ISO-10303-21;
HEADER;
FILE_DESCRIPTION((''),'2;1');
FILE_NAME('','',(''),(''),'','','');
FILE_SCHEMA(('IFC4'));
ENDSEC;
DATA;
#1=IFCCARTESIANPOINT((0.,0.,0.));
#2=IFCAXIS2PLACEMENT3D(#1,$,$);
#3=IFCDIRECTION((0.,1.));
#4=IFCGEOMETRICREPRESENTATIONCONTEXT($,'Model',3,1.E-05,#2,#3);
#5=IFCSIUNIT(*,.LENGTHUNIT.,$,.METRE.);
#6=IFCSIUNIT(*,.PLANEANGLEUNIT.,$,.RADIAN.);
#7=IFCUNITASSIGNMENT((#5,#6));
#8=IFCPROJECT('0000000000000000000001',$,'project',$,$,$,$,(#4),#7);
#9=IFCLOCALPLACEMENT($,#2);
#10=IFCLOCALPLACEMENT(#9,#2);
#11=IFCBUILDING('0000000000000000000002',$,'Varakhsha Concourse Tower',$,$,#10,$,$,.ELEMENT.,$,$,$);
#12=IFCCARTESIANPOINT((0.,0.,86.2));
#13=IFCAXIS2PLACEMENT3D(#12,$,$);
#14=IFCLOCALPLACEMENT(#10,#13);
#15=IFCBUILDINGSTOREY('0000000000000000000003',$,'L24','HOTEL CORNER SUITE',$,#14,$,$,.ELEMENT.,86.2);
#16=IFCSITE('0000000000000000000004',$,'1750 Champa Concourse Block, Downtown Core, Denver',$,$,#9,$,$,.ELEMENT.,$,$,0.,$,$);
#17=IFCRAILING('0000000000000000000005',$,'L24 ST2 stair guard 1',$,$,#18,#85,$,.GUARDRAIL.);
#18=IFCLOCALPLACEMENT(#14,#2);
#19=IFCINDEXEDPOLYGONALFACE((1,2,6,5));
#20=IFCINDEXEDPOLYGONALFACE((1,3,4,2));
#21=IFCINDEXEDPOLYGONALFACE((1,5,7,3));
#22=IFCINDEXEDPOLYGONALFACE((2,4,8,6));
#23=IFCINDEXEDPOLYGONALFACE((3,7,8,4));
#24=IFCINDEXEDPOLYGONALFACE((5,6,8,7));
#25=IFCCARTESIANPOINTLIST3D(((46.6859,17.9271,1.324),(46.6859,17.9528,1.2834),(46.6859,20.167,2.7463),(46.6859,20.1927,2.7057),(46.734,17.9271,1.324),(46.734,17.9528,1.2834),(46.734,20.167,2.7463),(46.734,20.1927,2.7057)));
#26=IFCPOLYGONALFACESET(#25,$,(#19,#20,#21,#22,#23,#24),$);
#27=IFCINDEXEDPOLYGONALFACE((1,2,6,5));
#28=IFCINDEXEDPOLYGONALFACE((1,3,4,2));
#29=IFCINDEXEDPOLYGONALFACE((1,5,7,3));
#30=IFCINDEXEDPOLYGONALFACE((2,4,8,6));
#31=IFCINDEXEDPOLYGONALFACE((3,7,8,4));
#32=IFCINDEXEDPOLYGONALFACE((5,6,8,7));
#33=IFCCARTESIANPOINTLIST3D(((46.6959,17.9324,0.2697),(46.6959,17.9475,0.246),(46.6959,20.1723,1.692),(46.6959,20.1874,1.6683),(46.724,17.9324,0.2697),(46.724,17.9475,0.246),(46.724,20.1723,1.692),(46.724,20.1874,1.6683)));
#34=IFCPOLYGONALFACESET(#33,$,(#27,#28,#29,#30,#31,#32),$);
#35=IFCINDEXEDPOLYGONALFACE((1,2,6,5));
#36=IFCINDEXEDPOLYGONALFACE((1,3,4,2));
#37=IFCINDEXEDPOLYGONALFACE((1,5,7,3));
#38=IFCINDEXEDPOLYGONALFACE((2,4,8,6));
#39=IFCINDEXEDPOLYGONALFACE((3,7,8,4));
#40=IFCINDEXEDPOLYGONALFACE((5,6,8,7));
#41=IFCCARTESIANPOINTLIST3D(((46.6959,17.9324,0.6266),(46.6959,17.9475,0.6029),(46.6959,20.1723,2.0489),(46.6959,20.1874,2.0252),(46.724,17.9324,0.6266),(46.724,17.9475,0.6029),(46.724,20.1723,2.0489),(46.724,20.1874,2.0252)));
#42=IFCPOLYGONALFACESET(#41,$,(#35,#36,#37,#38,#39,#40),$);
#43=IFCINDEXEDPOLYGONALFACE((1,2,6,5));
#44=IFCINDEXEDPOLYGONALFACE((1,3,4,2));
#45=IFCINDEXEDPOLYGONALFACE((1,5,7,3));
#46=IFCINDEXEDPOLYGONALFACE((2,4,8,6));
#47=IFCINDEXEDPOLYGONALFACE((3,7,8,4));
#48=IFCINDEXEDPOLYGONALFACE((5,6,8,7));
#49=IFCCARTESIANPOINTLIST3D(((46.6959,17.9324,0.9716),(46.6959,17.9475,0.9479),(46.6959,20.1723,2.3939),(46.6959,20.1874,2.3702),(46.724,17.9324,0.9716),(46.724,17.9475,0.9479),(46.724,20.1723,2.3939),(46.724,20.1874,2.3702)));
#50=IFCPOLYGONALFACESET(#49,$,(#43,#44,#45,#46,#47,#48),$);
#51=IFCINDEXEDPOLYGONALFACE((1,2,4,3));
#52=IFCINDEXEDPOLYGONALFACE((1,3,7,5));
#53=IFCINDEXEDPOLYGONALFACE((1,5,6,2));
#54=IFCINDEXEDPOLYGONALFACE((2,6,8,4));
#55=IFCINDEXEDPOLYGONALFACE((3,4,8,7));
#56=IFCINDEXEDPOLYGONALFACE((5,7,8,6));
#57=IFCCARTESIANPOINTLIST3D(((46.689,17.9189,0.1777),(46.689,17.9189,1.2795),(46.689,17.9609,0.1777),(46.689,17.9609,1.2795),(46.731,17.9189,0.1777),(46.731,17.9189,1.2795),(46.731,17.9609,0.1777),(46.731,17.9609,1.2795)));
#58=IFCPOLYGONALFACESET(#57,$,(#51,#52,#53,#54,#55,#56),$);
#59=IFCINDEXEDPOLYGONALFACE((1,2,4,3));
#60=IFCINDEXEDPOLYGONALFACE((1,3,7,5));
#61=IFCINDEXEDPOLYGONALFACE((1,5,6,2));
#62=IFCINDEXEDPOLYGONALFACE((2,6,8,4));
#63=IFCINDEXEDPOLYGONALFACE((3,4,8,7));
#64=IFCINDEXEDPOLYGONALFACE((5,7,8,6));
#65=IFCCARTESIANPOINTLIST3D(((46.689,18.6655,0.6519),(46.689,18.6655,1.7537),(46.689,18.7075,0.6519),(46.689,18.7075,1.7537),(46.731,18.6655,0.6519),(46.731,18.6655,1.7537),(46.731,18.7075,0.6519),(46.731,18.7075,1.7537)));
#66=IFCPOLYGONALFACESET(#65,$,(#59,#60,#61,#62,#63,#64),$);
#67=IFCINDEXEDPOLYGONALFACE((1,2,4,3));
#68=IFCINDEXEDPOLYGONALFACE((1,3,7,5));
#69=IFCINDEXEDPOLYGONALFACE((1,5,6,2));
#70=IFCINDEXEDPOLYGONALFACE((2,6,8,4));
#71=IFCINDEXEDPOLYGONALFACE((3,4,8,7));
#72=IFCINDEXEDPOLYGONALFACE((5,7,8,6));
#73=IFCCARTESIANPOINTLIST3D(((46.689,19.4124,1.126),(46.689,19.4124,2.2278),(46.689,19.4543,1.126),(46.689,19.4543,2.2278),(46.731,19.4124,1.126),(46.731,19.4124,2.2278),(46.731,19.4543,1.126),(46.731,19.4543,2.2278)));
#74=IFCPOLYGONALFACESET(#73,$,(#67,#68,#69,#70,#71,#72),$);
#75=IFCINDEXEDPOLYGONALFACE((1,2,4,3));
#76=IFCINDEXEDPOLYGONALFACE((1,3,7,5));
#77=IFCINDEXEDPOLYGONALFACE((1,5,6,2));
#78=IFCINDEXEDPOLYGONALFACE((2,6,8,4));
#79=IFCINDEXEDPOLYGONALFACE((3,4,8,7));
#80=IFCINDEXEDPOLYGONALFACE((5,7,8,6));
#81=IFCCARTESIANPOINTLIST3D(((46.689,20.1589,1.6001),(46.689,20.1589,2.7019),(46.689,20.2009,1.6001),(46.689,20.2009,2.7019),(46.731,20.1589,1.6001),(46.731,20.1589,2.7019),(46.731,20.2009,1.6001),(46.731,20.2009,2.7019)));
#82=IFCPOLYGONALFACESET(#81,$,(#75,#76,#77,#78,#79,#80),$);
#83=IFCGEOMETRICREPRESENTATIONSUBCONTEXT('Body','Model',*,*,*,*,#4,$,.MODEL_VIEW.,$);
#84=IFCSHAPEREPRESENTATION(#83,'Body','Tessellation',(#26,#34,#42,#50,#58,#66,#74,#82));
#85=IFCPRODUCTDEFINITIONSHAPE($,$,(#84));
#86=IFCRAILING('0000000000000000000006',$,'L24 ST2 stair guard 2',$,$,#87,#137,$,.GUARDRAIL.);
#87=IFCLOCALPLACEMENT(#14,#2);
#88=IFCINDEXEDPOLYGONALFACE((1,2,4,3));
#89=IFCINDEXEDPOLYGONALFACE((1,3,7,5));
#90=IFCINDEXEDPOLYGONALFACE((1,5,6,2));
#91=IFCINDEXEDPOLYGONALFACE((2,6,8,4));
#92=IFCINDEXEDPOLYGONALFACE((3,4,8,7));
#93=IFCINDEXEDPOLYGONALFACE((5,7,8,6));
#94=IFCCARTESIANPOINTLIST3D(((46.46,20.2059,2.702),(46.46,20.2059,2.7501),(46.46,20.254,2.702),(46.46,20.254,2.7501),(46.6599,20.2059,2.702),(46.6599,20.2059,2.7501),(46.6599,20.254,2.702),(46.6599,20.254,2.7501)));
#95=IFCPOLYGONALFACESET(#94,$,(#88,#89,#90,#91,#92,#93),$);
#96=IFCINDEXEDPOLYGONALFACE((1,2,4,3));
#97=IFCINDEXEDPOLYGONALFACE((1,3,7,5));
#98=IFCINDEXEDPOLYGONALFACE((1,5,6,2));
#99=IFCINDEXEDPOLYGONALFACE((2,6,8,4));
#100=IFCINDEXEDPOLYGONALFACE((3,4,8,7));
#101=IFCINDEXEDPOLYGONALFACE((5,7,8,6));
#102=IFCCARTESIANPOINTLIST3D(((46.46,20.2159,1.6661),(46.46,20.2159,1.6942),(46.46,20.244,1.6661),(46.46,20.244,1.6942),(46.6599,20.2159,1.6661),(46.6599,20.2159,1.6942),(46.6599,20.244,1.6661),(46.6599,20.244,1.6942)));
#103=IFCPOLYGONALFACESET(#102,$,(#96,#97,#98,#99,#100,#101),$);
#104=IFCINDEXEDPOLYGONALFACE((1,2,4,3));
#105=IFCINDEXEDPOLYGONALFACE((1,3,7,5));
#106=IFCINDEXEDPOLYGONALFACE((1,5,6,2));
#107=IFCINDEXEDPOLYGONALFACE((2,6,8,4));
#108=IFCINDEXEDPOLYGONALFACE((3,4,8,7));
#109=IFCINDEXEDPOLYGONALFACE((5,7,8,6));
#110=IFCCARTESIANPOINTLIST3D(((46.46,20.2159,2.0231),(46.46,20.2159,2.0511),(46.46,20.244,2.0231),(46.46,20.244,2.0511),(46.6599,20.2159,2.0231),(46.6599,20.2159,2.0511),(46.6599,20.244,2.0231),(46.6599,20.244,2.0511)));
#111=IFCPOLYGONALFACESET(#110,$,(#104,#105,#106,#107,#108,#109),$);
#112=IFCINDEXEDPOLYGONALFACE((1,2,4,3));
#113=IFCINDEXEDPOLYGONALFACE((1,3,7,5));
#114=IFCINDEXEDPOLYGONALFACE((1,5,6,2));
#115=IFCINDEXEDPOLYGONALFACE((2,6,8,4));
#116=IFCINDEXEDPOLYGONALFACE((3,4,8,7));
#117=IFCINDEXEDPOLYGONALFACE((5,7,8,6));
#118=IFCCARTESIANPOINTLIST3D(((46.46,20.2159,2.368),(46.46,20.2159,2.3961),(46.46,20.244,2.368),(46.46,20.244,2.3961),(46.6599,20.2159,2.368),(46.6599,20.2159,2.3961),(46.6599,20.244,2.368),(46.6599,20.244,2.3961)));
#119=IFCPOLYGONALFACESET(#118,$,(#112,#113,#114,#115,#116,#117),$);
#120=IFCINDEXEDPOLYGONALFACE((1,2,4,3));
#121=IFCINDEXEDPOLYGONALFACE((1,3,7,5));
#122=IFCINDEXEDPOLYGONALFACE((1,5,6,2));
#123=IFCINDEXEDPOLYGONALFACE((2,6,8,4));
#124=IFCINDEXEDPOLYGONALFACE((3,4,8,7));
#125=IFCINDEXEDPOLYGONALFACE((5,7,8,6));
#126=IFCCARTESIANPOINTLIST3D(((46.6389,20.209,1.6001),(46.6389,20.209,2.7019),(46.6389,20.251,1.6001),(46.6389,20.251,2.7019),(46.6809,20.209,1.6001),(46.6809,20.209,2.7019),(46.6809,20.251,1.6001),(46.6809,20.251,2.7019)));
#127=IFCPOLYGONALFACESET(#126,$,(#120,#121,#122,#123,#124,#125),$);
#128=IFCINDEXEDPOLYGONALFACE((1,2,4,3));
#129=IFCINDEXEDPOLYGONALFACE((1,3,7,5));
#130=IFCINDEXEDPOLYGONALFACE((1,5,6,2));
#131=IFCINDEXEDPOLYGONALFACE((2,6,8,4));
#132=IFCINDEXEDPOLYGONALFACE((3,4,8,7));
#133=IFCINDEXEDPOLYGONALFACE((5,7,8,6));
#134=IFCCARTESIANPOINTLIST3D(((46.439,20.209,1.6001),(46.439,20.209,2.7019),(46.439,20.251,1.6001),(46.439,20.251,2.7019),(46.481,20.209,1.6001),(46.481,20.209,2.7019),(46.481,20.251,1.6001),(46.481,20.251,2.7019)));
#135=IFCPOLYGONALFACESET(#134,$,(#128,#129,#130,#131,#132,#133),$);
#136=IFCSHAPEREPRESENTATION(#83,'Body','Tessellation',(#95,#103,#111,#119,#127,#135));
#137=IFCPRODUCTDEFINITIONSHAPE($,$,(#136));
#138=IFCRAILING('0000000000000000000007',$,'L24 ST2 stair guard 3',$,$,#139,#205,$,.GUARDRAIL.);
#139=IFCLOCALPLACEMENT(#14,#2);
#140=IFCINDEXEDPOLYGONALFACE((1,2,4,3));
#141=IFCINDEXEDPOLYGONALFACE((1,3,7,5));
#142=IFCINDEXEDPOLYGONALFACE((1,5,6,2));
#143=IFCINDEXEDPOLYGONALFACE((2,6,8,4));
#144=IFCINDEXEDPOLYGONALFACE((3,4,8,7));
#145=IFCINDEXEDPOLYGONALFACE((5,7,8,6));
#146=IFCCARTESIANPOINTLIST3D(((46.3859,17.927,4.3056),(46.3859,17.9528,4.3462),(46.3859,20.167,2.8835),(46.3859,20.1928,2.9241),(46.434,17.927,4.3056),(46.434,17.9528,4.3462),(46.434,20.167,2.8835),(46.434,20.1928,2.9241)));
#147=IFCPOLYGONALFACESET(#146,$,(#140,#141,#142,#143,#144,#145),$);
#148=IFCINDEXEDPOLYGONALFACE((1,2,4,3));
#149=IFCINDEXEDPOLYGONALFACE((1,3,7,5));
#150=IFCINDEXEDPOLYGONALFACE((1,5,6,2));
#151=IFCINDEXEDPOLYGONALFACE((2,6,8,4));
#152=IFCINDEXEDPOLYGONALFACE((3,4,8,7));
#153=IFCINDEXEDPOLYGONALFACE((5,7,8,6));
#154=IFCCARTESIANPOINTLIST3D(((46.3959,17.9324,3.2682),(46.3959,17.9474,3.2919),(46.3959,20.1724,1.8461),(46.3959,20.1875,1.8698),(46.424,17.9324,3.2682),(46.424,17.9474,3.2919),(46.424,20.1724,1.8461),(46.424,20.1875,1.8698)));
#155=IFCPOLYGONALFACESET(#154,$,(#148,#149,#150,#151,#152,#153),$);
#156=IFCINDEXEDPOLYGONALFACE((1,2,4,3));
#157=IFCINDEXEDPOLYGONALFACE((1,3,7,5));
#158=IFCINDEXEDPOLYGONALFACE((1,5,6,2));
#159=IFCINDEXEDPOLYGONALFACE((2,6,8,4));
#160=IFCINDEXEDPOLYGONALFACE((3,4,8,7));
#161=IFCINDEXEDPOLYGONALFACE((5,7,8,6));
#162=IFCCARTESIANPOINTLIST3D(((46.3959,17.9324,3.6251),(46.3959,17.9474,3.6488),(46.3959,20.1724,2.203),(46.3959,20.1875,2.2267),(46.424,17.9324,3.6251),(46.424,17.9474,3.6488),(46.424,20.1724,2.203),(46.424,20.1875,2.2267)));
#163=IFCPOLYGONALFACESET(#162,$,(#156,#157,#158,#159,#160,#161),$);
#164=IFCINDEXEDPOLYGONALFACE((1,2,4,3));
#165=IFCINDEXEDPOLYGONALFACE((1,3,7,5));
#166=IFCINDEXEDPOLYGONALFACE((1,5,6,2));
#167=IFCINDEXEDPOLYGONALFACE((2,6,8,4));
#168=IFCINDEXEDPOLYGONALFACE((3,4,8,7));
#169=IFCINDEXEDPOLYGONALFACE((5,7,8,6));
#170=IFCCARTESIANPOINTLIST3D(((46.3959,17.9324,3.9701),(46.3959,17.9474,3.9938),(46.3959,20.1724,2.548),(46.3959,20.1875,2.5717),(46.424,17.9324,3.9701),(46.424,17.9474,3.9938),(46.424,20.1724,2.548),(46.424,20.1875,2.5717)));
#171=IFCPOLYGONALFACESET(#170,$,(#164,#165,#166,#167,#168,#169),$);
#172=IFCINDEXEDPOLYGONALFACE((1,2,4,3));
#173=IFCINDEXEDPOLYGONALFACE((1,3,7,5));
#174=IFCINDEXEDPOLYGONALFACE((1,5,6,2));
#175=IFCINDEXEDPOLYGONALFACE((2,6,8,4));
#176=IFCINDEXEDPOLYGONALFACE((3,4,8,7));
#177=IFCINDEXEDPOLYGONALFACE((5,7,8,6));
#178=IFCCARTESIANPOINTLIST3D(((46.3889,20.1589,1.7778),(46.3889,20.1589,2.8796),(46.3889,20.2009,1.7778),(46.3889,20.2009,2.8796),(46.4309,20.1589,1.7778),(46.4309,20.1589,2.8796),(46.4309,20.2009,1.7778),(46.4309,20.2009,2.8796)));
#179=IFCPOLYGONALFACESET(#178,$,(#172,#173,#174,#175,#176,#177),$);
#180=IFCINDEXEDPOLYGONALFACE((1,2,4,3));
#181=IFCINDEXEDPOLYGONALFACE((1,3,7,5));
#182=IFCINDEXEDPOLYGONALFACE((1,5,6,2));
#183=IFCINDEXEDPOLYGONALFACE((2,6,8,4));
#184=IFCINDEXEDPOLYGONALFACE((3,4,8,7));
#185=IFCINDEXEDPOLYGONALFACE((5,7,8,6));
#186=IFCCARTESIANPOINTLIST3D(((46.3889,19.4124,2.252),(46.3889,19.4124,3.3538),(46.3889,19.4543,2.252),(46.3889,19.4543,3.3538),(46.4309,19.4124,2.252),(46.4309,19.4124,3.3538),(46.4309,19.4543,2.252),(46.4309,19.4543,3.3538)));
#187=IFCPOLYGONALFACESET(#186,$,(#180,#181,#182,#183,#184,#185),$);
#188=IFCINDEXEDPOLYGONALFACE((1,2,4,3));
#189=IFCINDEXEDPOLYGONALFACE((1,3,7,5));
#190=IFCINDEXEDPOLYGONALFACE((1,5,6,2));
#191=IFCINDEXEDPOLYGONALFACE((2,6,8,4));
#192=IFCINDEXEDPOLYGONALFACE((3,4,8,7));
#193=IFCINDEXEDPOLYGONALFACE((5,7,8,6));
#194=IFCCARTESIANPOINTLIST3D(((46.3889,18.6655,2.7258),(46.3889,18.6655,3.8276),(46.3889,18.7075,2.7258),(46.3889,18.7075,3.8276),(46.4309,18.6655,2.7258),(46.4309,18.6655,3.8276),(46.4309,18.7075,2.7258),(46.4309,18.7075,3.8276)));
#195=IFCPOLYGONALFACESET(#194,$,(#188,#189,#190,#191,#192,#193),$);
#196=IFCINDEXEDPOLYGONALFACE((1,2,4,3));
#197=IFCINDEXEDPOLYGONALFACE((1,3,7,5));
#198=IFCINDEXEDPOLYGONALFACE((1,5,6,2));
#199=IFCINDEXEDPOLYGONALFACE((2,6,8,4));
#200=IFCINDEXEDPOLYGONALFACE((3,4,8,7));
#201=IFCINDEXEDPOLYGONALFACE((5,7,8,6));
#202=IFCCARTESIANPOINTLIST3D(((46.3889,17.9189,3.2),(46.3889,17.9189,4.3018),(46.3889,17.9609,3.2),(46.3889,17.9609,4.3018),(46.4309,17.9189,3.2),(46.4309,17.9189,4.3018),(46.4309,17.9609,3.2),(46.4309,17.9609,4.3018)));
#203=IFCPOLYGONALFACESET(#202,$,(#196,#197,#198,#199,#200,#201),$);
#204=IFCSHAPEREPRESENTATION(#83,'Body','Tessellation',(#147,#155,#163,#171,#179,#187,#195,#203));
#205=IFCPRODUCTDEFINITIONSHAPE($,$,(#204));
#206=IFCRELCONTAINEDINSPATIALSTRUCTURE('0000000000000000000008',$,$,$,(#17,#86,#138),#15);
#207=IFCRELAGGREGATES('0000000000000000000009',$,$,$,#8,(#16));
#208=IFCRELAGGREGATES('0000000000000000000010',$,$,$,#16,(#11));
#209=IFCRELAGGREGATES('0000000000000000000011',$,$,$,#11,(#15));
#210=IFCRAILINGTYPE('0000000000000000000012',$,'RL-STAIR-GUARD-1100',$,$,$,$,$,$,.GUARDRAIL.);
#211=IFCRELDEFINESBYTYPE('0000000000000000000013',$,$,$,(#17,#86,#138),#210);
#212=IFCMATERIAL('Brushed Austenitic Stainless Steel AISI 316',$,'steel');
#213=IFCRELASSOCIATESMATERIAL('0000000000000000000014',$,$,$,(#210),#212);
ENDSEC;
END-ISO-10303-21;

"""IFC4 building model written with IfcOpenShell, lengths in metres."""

from ifc_helpers import new_model, si_unit, direction, frame, origin, origin_2d, place, context, subcontext, project, spatial, rectangle, extrude, material, type_object, element, save


model = new_model("IFC4")

# Units and contexts
model_context = context("Model", 3, precision=1e-05, world=origin(), true_north=direction((0.0, 1.0)))
body_context = subcontext(model_context, "Body", "Model", "MODEL_VIEW")
ifc_project = project(units=[si_unit("LENGTHUNIT", "METRE"), si_unit("PLANEANGLEUNIT", "RADIAN")], contexts=[model_context])

# Site, building, storey
site_placement = place(None, origin())
site = spatial("IfcSite", under=ifc_project, at=site_placement, Name="1750 Champa Concourse Block, Downtown Core, Denver", CompositionType="ELEMENT", RefElevation=0.0)
building_placement = place(site_placement, origin())
building = spatial("IfcBuilding", under=site, at=building_placement, Name="Varakhsha Concourse Tower", CompositionType="ELEMENT")
storey_placement = place(building_placement, frame((0.0, 0.0, 86.2)))
storey = spatial("IfcBuildingStorey", under=building, at=storey_placement, Name="L24", Description="HOTEL CORNER SUITE", CompositionType="ELEMENT", Elevation=86.2)

# Railings
ifc_material_1 = material(Name="Brushed Austenitic Stainless Steel AISI 316", Category="steel")
railing_type_1 = type_object("IfcRailingType", Name="RL-STAIR-GUARD-1100", PredefinedType="GUARDRAIL", material=ifc_material_1)
railing_1_placement = place(storey_placement, frame((46.71, 17.9399, 0.1777)))
element("IfcRailing", 1, at=railing_1_placement, inside=storey, type_object=railing_type_1, Name="L24 ST2 stair guard 1", PredefinedType="GUARDRAIL", context=body_context, shape_type="SweptSolid", body=[
    extrude(rectangle(XDim=0.0481, YDim=0.0481, at=origin_2d()), frame((0.0, 0.0, 1.126), z_axis=(0.0, 0.844188, 0.536048), x_axis=(-1.0, 0.0, 0.0)), (0.0, 0.0, 1.0), 2.6533),
    extrude(rectangle(XDim=0.0281, YDim=0.0281, at=origin_2d()), frame((0.0, 0.0, 0.0801), z_axis=(0.0, 0.844188, 0.536048), x_axis=(-1.0, 0.0, 0.0)), (0.0, 0.0, 1.0), 2.6533),
    extrude(rectangle(XDim=0.0281, YDim=0.0281, at=origin_2d()), frame((0.0, 0.0, 0.437), z_axis=(0.0, 0.844188, 0.536048), x_axis=(-1.0, 0.0, 0.0)), (0.0, 0.0, 1.0), 2.6533),
    extrude(rectangle(XDim=0.0281, YDim=0.0281, at=origin_2d()), frame((0.0, 0.0, 0.782), z_axis=(0.0, 0.844188, 0.536048), x_axis=(-1.0, 0.0, 0.0)), (0.0, 0.0, 1.0), 2.6533),
    extrude(rectangle(XDim=0.042, YDim=0.042, at=origin_2d()), origin(), (0.0, 0.0, 1.0), 1.1018),
    extrude(rectangle(XDim=0.042, YDim=0.042, at=origin_2d()), frame((0.0, 0.7466, 0.4741)), (0.0, 0.0, 1.0), 1.1018),
    extrude(rectangle(XDim=0.042, YDim=0.042, at=origin_2d()), frame((0.0, 1.4934, 0.9482)), (0.0, 0.0, 1.0), 1.1018),
    extrude(rectangle(XDim=0.042, YDim=0.042, at=origin_2d()), frame((0.0, 2.24, 1.4224)), (0.0, 0.0, 1.0), 1.1018),
])
railing_2_placement = place(storey_placement, frame((46.6599, 20.23, 1.6001)))
element("IfcRailing", 2, at=railing_2_placement, inside=storey, type_object=railing_type_1, Name="L24 ST2 stair guard 2", PredefinedType="GUARDRAIL", context=body_context, shape_type="SweptSolid", body=[
    extrude(rectangle(XDim=0.0481, YDim=0.0481, at=origin_2d()), frame((0.0, 0.0, 1.126), z_axis=(-1.0, 0.0, 0.0), x_axis=(0.0, -1.0, 0.0)), (0.0, 0.0, 1.0), 0.2),
    extrude(rectangle(XDim=0.0281, YDim=0.0281, at=origin_2d()), frame((0.0, 0.0, 0.0801), z_axis=(-1.0, 0.0, 0.0), x_axis=(0.0, -1.0, 0.0)), (0.0, 0.0, 1.0), 0.2),
    extrude(rectangle(XDim=0.0281, YDim=0.0281, at=origin_2d()), frame((0.0, 0.0, 0.437), z_axis=(-1.0, 0.0, 0.0), x_axis=(0.0, -1.0, 0.0)), (0.0, 0.0, 1.0), 0.2),
    extrude(rectangle(XDim=0.0281, YDim=0.0281, at=origin_2d()), frame((0.0, 0.0, 0.782), z_axis=(-1.0, 0.0, 0.0), x_axis=(0.0, -1.0, 0.0)), (0.0, 0.0, 1.0), 0.2),
    extrude(rectangle(XDim=0.042, YDim=0.042, at=origin_2d()), origin(), (0.0, 0.0, 1.0), 1.1018),
    extrude(rectangle(XDim=0.042, YDim=0.042, at=origin_2d()), frame((-0.2, 0.0, 0.0)), (0.0, 0.0, 1.0), 1.1018),
])
railing_3_placement = place(storey_placement, frame((46.4099, 20.1799, 1.7778)))
element("IfcRailing", 3, at=railing_3_placement, inside=storey, type_object=railing_type_1, Name="L24 ST2 stair guard 3", PredefinedType="GUARDRAIL", context=body_context, shape_type="SweptSolid", body=[
    extrude(rectangle(XDim=0.0481, YDim=0.0481, at=origin_2d()), frame((0.0, 0.0, 1.126), z_axis=(0.0, -0.844229, 0.535982), x_axis=(1.0, 0.0, 0.0)), (0.0, 0.0, 1.0), 2.6533),
    extrude(rectangle(XDim=0.0281, YDim=0.0281, at=origin_2d()), frame((0.0, 0.0, 0.0801), z_axis=(0.0, -0.844229, 0.535982), x_axis=(1.0, 0.0, 0.0)), (0.0, 0.0, 1.0), 2.6533),
    extrude(rectangle(XDim=0.0281, YDim=0.0281, at=origin_2d()), frame((0.0, 0.0, 0.437), z_axis=(0.0, -0.844229, 0.535982), x_axis=(1.0, 0.0, 0.0)), (0.0, 0.0, 1.0), 2.6533),
    extrude(rectangle(XDim=0.0281, YDim=0.0281, at=origin_2d()), frame((0.0, 0.0, 0.782), z_axis=(0.0, -0.844229, 0.535982), x_axis=(1.0, 0.0, 0.0)), (0.0, 0.0, 1.0), 2.6533),
    extrude(rectangle(XDim=0.042, YDim=0.042, at=origin_2d()), origin(), (0.0, 0.0, 1.0), 1.1018),
    extrude(rectangle(XDim=0.042, YDim=0.042, at=origin_2d()), frame((0.0, -0.7466, 0.4741)), (0.0, 0.0, 1.0), 1.1018),
    extrude(rectangle(XDim=0.042, YDim=0.042, at=origin_2d()), frame((0.0, -1.4934, 0.948)), (0.0, 0.0, 1.0), 1.1018),
    extrude(rectangle(XDim=0.042, YDim=0.042, at=origin_2d()), frame((0.0, -2.24, 1.4221)), (0.0, 0.0, 1.0), 1.1018),
])

save(model, "model.ifc")
